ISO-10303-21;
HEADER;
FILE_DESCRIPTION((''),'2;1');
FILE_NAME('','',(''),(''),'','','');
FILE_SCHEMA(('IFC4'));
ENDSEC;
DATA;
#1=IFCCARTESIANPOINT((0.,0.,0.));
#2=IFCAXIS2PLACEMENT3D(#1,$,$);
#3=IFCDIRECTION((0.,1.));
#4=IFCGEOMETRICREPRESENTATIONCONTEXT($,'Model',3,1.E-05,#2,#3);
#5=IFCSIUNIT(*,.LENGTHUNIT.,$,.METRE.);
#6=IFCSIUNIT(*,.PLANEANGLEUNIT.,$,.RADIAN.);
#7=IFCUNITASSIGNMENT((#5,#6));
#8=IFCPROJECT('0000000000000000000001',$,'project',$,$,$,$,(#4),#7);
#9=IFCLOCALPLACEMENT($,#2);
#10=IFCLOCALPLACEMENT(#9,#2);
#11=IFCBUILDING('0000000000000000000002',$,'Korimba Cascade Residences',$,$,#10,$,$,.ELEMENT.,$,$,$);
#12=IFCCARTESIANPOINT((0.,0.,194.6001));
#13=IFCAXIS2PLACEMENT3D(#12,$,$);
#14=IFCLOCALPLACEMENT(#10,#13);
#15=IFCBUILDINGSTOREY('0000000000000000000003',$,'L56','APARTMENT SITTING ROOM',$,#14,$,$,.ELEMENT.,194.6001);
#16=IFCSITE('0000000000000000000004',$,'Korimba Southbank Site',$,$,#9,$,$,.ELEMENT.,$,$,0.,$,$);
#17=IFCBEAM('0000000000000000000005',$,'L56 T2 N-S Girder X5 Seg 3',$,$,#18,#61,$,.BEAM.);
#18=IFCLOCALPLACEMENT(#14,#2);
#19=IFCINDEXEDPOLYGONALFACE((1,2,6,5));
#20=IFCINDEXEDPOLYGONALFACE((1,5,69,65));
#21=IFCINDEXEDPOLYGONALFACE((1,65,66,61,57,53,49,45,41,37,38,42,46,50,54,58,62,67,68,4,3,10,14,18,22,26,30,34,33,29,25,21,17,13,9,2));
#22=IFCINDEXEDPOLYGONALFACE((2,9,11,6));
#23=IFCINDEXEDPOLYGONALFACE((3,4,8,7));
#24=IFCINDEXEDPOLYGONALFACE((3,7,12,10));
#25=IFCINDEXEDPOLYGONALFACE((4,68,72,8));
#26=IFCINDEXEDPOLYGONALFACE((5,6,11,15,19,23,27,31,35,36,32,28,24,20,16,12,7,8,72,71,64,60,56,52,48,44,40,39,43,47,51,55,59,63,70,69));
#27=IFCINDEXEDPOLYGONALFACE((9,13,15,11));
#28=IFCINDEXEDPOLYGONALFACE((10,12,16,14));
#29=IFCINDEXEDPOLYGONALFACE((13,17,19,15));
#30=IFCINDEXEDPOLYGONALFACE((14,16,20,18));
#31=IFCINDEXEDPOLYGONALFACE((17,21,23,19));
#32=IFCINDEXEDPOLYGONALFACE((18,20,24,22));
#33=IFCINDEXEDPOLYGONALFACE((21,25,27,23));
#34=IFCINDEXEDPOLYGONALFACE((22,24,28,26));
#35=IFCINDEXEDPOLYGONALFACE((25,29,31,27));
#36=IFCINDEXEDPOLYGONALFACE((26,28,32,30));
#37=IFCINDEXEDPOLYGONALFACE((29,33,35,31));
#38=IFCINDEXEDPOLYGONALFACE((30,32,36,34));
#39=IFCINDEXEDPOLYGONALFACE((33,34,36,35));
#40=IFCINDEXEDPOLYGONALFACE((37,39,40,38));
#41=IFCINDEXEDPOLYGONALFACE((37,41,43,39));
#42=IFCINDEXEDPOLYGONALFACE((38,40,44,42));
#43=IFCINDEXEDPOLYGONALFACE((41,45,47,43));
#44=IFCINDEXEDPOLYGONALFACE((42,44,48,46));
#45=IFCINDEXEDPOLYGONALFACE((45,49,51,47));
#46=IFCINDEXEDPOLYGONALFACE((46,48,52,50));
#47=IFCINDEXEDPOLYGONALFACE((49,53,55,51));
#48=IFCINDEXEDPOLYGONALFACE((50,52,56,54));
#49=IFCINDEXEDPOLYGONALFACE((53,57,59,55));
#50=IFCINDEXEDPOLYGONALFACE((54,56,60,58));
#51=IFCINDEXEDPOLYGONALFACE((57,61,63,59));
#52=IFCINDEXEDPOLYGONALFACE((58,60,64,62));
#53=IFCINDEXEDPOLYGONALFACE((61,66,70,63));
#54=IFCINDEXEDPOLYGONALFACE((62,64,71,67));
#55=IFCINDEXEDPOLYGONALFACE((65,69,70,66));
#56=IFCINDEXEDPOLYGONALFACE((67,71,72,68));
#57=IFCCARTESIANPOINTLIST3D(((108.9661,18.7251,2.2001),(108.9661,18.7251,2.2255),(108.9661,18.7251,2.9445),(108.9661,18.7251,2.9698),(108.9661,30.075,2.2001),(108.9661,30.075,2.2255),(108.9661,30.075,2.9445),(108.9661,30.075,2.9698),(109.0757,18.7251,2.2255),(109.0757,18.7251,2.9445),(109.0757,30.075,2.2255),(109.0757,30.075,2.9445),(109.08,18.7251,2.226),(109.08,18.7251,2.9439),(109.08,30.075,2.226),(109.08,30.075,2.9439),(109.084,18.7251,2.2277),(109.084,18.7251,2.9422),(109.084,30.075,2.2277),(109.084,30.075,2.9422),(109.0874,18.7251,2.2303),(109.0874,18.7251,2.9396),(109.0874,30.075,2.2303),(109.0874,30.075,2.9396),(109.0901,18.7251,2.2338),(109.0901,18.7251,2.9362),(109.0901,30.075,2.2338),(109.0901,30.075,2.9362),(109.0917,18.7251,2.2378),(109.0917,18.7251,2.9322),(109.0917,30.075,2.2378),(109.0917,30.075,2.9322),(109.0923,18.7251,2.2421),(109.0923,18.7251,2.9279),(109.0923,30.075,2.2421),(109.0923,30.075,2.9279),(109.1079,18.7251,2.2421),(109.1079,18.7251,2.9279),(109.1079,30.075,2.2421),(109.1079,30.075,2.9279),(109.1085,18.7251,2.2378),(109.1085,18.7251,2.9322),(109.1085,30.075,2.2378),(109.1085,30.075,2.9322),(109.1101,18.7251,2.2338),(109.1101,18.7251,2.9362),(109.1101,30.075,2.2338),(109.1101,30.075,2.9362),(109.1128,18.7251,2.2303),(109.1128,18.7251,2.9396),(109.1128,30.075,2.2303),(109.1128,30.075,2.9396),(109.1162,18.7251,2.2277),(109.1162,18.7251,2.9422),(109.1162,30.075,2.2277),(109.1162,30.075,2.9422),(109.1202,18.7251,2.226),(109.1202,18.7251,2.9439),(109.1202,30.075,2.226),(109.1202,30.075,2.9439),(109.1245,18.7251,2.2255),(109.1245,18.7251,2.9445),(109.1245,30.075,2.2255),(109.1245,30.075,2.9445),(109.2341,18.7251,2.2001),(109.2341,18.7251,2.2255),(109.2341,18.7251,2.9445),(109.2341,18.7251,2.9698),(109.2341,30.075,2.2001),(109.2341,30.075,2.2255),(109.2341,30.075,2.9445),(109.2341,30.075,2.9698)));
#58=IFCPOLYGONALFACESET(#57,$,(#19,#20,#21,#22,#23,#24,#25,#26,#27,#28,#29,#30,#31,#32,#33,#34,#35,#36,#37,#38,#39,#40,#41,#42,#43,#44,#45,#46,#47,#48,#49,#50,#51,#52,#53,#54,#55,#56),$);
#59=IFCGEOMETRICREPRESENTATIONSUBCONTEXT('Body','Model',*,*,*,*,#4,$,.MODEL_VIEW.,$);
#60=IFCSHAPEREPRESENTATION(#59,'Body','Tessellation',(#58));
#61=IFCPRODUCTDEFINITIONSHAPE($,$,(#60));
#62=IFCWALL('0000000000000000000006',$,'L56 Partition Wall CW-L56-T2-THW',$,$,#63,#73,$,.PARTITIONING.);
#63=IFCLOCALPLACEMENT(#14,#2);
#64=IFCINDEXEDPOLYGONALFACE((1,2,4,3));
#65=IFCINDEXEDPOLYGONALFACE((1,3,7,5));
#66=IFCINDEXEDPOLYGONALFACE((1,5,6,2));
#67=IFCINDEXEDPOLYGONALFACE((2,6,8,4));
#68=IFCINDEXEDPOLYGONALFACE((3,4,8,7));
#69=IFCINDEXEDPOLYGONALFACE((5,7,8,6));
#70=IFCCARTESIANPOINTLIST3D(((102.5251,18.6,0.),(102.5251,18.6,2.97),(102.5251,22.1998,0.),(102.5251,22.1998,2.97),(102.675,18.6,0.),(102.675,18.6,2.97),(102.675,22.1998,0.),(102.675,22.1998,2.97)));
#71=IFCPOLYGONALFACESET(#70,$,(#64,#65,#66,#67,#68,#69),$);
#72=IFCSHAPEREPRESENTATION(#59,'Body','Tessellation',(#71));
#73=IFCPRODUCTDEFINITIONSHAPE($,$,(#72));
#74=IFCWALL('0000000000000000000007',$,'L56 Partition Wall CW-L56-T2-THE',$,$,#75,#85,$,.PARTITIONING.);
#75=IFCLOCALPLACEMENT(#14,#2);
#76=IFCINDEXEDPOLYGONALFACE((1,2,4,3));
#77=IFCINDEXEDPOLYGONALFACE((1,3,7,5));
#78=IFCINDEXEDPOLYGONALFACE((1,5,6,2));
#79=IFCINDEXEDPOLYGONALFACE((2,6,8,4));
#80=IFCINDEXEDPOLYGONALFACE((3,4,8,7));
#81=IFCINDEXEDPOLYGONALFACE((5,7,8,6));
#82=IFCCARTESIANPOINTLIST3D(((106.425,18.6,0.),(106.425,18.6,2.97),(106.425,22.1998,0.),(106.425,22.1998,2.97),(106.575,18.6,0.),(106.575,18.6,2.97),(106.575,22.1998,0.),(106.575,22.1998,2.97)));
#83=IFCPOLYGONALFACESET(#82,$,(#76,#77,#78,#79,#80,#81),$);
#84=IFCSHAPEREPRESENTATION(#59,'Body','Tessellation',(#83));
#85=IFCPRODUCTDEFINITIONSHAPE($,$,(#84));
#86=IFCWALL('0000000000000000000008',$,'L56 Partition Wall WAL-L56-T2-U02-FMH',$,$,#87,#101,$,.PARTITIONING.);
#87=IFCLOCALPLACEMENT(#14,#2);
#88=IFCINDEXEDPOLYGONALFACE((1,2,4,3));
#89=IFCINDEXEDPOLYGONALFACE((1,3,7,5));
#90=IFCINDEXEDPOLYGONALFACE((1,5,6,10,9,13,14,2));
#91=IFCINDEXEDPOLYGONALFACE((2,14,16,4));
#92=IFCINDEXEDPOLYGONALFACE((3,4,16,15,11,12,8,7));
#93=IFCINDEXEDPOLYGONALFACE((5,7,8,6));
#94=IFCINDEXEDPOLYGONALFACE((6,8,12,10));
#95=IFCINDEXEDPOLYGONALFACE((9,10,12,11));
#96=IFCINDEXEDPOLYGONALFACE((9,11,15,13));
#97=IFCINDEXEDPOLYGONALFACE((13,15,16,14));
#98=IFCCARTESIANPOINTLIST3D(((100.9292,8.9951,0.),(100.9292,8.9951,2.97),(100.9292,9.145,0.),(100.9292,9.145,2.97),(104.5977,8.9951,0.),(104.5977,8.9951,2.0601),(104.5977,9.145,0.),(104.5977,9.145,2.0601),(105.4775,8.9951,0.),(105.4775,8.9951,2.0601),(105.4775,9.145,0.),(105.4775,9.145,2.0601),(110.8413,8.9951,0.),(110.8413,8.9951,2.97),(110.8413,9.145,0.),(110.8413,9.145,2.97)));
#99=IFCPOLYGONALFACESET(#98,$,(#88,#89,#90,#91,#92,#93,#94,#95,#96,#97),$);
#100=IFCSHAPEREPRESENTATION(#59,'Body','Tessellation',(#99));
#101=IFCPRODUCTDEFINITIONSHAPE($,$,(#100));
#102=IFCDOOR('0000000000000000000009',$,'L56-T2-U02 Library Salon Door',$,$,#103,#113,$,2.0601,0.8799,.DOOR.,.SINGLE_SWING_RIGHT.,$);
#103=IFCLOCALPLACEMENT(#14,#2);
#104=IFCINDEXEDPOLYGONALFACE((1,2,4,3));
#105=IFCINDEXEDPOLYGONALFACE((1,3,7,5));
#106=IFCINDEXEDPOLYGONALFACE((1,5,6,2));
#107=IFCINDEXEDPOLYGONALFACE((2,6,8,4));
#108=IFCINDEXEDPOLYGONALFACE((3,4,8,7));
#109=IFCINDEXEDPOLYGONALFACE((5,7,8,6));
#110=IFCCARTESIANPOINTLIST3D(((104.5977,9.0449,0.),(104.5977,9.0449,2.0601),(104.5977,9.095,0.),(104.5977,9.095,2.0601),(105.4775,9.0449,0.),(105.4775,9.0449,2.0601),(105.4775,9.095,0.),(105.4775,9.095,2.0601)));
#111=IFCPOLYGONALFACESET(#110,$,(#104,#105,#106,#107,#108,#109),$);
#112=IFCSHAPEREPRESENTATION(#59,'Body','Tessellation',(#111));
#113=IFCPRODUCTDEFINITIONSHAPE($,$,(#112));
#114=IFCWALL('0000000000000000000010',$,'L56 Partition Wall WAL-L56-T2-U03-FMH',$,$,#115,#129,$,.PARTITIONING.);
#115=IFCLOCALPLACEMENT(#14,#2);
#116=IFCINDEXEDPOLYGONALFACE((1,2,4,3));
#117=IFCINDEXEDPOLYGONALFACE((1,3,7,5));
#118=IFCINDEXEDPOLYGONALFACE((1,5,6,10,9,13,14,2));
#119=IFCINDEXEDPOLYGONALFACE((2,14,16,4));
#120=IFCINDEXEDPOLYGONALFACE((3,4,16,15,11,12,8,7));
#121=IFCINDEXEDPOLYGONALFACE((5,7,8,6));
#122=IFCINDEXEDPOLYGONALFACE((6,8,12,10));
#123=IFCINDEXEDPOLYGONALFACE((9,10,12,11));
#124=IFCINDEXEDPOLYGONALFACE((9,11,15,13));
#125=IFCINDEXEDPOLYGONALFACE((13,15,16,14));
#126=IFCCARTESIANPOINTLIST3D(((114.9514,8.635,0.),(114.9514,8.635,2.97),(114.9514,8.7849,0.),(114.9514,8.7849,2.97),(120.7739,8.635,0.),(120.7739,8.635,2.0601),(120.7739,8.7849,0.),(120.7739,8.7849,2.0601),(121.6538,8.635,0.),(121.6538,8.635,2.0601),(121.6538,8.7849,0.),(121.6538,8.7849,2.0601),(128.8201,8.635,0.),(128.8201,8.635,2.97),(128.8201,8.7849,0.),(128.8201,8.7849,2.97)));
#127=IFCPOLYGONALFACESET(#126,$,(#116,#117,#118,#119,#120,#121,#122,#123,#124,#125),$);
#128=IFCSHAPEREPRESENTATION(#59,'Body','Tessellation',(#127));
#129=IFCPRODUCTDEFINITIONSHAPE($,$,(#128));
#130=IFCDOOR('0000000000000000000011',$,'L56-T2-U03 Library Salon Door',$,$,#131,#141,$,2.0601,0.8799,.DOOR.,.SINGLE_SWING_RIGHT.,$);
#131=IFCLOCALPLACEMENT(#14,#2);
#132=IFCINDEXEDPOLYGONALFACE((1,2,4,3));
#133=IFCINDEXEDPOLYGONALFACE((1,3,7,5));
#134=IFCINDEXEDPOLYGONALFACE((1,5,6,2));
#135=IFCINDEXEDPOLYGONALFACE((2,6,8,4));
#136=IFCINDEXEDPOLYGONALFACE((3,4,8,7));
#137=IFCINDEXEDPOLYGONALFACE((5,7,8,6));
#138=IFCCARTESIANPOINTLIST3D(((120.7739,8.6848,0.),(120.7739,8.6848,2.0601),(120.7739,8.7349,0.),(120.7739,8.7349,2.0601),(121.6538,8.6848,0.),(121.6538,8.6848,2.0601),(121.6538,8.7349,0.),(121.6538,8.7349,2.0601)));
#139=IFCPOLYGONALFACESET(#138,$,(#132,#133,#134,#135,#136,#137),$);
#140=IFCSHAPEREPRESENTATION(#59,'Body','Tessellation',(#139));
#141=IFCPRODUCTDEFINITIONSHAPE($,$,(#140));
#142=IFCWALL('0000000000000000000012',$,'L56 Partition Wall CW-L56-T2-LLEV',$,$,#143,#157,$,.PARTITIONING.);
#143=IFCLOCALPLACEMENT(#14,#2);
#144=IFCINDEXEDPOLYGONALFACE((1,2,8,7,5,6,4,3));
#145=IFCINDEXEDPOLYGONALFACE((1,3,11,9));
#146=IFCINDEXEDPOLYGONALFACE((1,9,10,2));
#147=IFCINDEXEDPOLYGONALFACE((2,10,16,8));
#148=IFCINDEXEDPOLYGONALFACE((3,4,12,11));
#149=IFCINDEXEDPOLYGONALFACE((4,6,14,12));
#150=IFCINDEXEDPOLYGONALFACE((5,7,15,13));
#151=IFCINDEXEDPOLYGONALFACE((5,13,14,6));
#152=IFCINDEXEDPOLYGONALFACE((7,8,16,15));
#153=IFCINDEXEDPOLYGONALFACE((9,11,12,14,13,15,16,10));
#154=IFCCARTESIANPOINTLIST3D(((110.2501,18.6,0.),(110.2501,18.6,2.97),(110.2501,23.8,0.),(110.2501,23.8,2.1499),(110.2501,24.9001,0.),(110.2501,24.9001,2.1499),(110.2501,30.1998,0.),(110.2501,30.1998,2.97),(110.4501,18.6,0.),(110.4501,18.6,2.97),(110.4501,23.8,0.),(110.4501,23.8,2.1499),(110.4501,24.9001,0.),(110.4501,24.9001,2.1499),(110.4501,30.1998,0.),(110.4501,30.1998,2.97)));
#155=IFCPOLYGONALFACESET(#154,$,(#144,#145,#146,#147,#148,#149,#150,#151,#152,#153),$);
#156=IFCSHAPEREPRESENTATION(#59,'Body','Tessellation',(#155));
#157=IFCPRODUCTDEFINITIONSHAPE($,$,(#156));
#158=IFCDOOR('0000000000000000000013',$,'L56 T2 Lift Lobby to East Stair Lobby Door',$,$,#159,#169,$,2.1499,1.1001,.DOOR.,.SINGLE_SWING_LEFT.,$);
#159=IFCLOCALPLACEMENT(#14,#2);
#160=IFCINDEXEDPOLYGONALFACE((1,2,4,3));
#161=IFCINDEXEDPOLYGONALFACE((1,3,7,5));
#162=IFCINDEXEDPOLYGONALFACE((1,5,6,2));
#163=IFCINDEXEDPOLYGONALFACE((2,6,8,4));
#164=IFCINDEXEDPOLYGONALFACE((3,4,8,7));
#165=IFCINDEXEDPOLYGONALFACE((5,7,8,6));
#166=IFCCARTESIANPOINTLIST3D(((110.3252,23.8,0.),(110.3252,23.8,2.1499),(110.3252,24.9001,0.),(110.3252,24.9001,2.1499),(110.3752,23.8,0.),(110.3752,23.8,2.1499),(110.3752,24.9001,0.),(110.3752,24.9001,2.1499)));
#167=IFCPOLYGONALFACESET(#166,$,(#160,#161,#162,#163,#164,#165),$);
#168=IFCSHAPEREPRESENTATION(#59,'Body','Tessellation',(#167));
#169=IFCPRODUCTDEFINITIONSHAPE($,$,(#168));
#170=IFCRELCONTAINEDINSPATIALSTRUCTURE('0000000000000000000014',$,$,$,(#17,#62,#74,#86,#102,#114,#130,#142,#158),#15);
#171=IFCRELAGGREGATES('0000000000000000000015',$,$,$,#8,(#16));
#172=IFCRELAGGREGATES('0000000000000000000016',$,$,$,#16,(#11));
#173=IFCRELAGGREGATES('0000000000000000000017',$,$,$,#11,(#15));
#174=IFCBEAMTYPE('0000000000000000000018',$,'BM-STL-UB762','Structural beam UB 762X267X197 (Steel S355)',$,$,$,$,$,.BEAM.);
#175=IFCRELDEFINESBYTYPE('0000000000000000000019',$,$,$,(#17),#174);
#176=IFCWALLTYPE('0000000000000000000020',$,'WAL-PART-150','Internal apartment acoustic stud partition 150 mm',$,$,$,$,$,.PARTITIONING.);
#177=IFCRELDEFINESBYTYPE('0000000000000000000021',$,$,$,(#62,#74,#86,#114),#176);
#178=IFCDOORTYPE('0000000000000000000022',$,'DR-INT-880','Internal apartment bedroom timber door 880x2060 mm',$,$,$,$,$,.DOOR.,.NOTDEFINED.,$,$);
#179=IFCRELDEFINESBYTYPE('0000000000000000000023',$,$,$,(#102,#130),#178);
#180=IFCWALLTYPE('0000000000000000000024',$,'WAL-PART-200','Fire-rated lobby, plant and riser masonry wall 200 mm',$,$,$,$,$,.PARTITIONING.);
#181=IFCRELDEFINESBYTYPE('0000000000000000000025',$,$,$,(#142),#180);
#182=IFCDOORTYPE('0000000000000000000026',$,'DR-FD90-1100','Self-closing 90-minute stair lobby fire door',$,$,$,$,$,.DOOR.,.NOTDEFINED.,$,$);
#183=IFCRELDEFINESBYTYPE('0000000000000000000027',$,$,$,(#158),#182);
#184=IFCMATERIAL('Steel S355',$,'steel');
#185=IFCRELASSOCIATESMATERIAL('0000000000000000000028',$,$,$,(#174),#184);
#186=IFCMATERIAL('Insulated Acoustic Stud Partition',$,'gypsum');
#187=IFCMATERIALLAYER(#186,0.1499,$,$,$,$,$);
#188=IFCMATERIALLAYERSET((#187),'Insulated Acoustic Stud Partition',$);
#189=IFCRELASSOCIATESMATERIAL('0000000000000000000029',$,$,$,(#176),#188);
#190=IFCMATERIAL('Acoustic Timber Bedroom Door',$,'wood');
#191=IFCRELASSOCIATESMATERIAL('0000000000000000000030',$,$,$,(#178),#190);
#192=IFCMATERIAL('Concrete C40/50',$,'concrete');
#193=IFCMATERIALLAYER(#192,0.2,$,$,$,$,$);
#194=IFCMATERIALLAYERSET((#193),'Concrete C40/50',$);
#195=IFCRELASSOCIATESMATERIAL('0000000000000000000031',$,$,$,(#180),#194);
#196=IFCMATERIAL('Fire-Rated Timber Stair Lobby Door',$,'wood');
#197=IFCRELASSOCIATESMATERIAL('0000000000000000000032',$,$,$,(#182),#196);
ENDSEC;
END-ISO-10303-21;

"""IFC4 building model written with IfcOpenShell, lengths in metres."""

from ifc_helpers import new_model, si_unit, direction, frame, frame_2d, origin, origin_2d, place, context, subcontext, project, spatial, rectangle, i_section, extrude, material, layer, layer_set, material_profile, profile_set, type_object, element, fill, save


model = new_model("IFC4")

# Units and contexts
model_context = context("Model", 3, precision=1e-05, world=origin(), true_north=direction((0.0, 1.0)))
body_context = subcontext(model_context, "Body", "Model", "MODEL_VIEW")
ifc_project = project(units=[si_unit("LENGTHUNIT", "METRE"), si_unit("PLANEANGLEUNIT", "RADIAN")], contexts=[model_context])

# Site, building, storey
site_placement = place(None, origin())
site = spatial("IfcSite", under=ifc_project, at=site_placement, Name="Korimba Southbank Site", CompositionType="ELEMENT", RefElevation=0.0)
building_placement = place(site_placement, origin())
building = spatial("IfcBuilding", under=site, at=building_placement, Name="Korimba Cascade Residences", CompositionType="ELEMENT")
storey_placement = place(building_placement, frame((0.0, 0.0, 194.6001)))
storey = spatial("IfcBuildingStorey", under=building, at=storey_placement, Name="L56", Description="APARTMENT SITTING ROOM", CompositionType="ELEMENT", Elevation=194.6001)

# Beam
ifc_material_1 = material(Name="Steel S355", Category="steel")
ifc_material_profile_1 = material_profile(ifc_material_1, i_section(OverallWidth=0.2681, OverallDepth=0.7698, WebThickness=0.0156, FlangeThickness=0.0254, FilletRadius=0.0166, at=origin_2d()), Name="Steel S355")
ifc_profile_set_1 = profile_set([ifc_material_profile_1], Name="Steel S355")
beam_type = type_object("IfcBeamType", Name="BM-STL-UB762", Description="Structural beam UB 762X267X197 (Steel S355)", PredefinedType="BEAM", material=ifc_profile_set_1)
beam_1_placement = place(storey_placement, frame((109.1001, 18.7251, 2.585), z_axis=(0.0, 1.0, 0.0), x_axis=(-1.0, 0.0, 0.0)))
element("IfcBeam", 1, at=beam_1_placement, inside=storey, type_object=beam_type, Name="L56 T2 N-S Girder X5 Seg 3", PredefinedType="BEAM", context=body_context, shape_type="SweptSolid", body=[
    extrude(i_section(OverallWidth=0.2681, OverallDepth=0.7698, WebThickness=0.0156, FlangeThickness=0.0254, FilletRadius=0.0166, at=origin_2d()), origin(), (0.0, 0.0, 1.0), 11.3499),
])

# Walls
ifc_material_2 = material(Name="Insulated Acoustic Stud Partition", Category="gypsum")
ifc_layer_1 = layer(ifc_material_2, 0.1499)
ifc_layer_set_1 = layer_set([ifc_layer_1], Name="Insulated Acoustic Stud Partition")
wall_type_1 = type_object("IfcWallType", Name="WAL-PART-150", Description="Internal apartment acoustic stud partition 150 mm", PredefinedType="PARTITIONING", material=ifc_layer_set_1)
for number, where, z_axis, x_axis, name in (
    (2, (102.6001, 18.6001, 0.0), (0.0, 0.0, 1.0), (0.0, 1.0, 0.0), "L56 Partition Wall CW-L56-T2-THW"),
    (3, (106.5, 18.6001, 0.0), (0.0, 0.0, 1.0), (0.0, 1.0, 0.0), "L56 Partition Wall CW-L56-T2-THE"),
):
    element("IfcWall", number, at=place(storey_placement, frame(where, z_axis=z_axis, x_axis=x_axis)), inside=storey, type_object=wall_type_1, Name=name, PredefinedType="PARTITIONING", context=body_context, shape_type="SweptSolid", body=[
        extrude(rectangle(XDim=3.5999, YDim=0.1499, at=frame_2d((1.7998, 0.0))), origin(), (0.0, 0.0, 1.0), 2.97),
    ])

# Walls, openings, doors
wall_1_placement = place(storey_placement, frame((100.9292, 9.0701, 0.0), z_axis=(0.0, 0.0, 1.0), x_axis=(1.0, 0.0, 0.0)))
wall_1 = element("IfcWall", 4, at=wall_1_placement, inside=storey, type_object=wall_type_1, Name="L56 Partition Wall WAL-L56-T2-U02-FMH", PredefinedType="PARTITIONING", context=body_context, shape_type="SweptSolid", body=[
    extrude(rectangle(XDim=9.9121, YDim=0.1499, at=frame_2d((4.9561, 0.0))), origin(), (0.0, 0.0, 1.0), 2.97),
])
opening_1_placement = place(wall_1_placement, frame((3.6685, 0.0, 0.0)))
opening_1 = element("IfcOpeningElement", 5, at=opening_1_placement, cuts=wall_1, PredefinedType="OPENING", context=body_context, shape_type="SweptSolid", body=[
    extrude(rectangle(XDim=0.8799, YDim=2.0601, at=frame_2d((0.4399, 1.03))), frame((0.0, 0.085, 0.0), z_axis=(0.0, -1.0, 0.0), x_axis=(1.0, 0.0, 0.0)), (0.0, 0.0, 1.0), 0.1699),
])
ifc_material_3 = material(Name="Acoustic Timber Bedroom Door", Category="wood")
door_type_1 = type_object("IfcDoorType", Name="DR-INT-880", Description="Internal apartment bedroom timber door 880x2060 mm", OperationType="NOTDEFINED", PredefinedType="DOOR", material=ifc_material_3)
door_1_placement = place(opening_1_placement, origin())
door_1 = element("IfcDoor", 6, at=door_1_placement, inside=storey, type_object=door_type_1, Name="L56-T2-U02 Library Salon Door", OperationType="SINGLE_SWING_RIGHT", OverallHeight=2.0601, OverallWidth=0.8799, PredefinedType="DOOR", context=body_context, shape_type="SweptSolid", body=[
    extrude(rectangle(XDim=0.8799, YDim=2.0601, at=frame_2d((0.4399, 1.03))), frame((0.0, 0.0249, 0.0), z_axis=(0.0, -1.0, 0.0), x_axis=(1.0, 0.0, 0.0)), (0.0, 0.0, 1.0), 0.05),
])
fill(opening_1, door_1)
wall_2_placement = place(storey_placement, frame((114.9514, 8.71, 0.0), z_axis=(0.0, 0.0, 1.0), x_axis=(1.0, 0.0, 0.0)))
wall_2 = element("IfcWall", 7, at=wall_2_placement, inside=storey, type_object=wall_type_1, Name="L56 Partition Wall WAL-L56-T2-U03-FMH", PredefinedType="PARTITIONING", context=body_context, shape_type="SweptSolid", body=[
    extrude(rectangle(XDim=13.8687, YDim=0.1499, at=frame_2d((6.9343, 0.0))), origin(), (0.0, 0.0, 1.0), 2.97),
])
opening_2_placement = place(wall_2_placement, frame((5.8225, 0.0, 0.0)))
opening_2 = element("IfcOpeningElement", 8, at=opening_2_placement, cuts=wall_2, PredefinedType="OPENING", context=body_context, shape_type="SweptSolid", body=[
    extrude(rectangle(XDim=0.8799, YDim=2.0601, at=frame_2d((0.4399, 1.03))), frame((0.0, 0.085, 0.0), z_axis=(0.0, -1.0, 0.0), x_axis=(1.0, 0.0, 0.0)), (0.0, 0.0, 1.0), 0.1699),
])
door_2_placement = place(opening_2_placement, origin())
door_2 = element("IfcDoor", 9, at=door_2_placement, inside=storey, type_object=door_type_1, Name="L56-T2-U03 Library Salon Door", OperationType="SINGLE_SWING_RIGHT", OverallHeight=2.0601, OverallWidth=0.8799, PredefinedType="DOOR", context=body_context, shape_type="SweptSolid", body=[
    extrude(rectangle(XDim=0.8799, YDim=2.0601, at=frame_2d((0.4399, 1.03))), frame((0.0, 0.0249, 0.0), z_axis=(0.0, -1.0, 0.0), x_axis=(1.0, 0.0, 0.0)), (0.0, 0.0, 1.0), 0.05),
])
fill(opening_2, door_2)
ifc_material_4 = material(Name="Concrete C40/50", Category="concrete")
ifc_layer_2 = layer(ifc_material_4, 0.2)
ifc_layer_set_2 = layer_set([ifc_layer_2], Name="Concrete C40/50")
wall_type_2 = type_object("IfcWallType", Name="WAL-PART-200", Description="Fire-rated lobby, plant and riser masonry wall 200 mm", PredefinedType="PARTITIONING", material=ifc_layer_set_2)
wall_3_placement = place(storey_placement, frame((110.3501, 18.6001, 0.0), z_axis=(0.0, 0.0, 1.0), x_axis=(0.0, 1.0, 0.0)))
wall_3 = element("IfcWall", 10, at=wall_3_placement, inside=storey, type_object=wall_type_2, Name="L56 Partition Wall CW-L56-T2-LLEV", PredefinedType="PARTITIONING", context=body_context, shape_type="SweptSolid", body=[
    extrude(rectangle(XDim=11.5999, YDim=0.2, at=frame_2d((5.7998, 0.0))), origin(), (0.0, 0.0, 1.0), 2.97),
])
opening_3_placement = place(wall_3_placement, frame((5.2, 0.0, 0.0)))
opening_3 = element("IfcOpeningElement", 11, at=opening_3_placement, cuts=wall_3, PredefinedType="OPENING", context=body_context, shape_type="SweptSolid", body=[
    extrude(rectangle(XDim=1.1001, YDim=2.1499, at=frame_2d((0.55, 1.075))), frame((0.0, 0.1099, 0.0), z_axis=(0.0, -1.0, 0.0), x_axis=(1.0, 0.0, 0.0)), (0.0, 0.0, 1.0), 0.22),
])
ifc_material_5 = material(Name="Fire-Rated Timber Stair Lobby Door", Category="wood")
door_type_2 = type_object("IfcDoorType", Name="DR-FD90-1100", Description="Self-closing 90-minute stair lobby fire door", OperationType="NOTDEFINED", PredefinedType="DOOR", material=ifc_material_5)
door_3_placement = place(opening_3_placement, origin())
door_3 = element("IfcDoor", 12, at=door_3_placement, inside=storey, type_object=door_type_2, Name="L56 T2 Lift Lobby to East Stair Lobby Door", OperationType="SINGLE_SWING_LEFT", OverallHeight=2.1499, OverallWidth=1.1001, PredefinedType="DOOR", context=body_context, shape_type="SweptSolid", body=[
    extrude(rectangle(XDim=1.1001, YDim=2.1499, at=frame_2d((0.55, 1.075))), frame((0.0, 0.0249, 0.0), z_axis=(0.0, -1.0, 0.0), x_axis=(1.0, 0.0, 0.0)), (0.0, 0.0, 1.0), 0.05),
])
fill(opening_3, door_3)

save(model, "model.ifc")
